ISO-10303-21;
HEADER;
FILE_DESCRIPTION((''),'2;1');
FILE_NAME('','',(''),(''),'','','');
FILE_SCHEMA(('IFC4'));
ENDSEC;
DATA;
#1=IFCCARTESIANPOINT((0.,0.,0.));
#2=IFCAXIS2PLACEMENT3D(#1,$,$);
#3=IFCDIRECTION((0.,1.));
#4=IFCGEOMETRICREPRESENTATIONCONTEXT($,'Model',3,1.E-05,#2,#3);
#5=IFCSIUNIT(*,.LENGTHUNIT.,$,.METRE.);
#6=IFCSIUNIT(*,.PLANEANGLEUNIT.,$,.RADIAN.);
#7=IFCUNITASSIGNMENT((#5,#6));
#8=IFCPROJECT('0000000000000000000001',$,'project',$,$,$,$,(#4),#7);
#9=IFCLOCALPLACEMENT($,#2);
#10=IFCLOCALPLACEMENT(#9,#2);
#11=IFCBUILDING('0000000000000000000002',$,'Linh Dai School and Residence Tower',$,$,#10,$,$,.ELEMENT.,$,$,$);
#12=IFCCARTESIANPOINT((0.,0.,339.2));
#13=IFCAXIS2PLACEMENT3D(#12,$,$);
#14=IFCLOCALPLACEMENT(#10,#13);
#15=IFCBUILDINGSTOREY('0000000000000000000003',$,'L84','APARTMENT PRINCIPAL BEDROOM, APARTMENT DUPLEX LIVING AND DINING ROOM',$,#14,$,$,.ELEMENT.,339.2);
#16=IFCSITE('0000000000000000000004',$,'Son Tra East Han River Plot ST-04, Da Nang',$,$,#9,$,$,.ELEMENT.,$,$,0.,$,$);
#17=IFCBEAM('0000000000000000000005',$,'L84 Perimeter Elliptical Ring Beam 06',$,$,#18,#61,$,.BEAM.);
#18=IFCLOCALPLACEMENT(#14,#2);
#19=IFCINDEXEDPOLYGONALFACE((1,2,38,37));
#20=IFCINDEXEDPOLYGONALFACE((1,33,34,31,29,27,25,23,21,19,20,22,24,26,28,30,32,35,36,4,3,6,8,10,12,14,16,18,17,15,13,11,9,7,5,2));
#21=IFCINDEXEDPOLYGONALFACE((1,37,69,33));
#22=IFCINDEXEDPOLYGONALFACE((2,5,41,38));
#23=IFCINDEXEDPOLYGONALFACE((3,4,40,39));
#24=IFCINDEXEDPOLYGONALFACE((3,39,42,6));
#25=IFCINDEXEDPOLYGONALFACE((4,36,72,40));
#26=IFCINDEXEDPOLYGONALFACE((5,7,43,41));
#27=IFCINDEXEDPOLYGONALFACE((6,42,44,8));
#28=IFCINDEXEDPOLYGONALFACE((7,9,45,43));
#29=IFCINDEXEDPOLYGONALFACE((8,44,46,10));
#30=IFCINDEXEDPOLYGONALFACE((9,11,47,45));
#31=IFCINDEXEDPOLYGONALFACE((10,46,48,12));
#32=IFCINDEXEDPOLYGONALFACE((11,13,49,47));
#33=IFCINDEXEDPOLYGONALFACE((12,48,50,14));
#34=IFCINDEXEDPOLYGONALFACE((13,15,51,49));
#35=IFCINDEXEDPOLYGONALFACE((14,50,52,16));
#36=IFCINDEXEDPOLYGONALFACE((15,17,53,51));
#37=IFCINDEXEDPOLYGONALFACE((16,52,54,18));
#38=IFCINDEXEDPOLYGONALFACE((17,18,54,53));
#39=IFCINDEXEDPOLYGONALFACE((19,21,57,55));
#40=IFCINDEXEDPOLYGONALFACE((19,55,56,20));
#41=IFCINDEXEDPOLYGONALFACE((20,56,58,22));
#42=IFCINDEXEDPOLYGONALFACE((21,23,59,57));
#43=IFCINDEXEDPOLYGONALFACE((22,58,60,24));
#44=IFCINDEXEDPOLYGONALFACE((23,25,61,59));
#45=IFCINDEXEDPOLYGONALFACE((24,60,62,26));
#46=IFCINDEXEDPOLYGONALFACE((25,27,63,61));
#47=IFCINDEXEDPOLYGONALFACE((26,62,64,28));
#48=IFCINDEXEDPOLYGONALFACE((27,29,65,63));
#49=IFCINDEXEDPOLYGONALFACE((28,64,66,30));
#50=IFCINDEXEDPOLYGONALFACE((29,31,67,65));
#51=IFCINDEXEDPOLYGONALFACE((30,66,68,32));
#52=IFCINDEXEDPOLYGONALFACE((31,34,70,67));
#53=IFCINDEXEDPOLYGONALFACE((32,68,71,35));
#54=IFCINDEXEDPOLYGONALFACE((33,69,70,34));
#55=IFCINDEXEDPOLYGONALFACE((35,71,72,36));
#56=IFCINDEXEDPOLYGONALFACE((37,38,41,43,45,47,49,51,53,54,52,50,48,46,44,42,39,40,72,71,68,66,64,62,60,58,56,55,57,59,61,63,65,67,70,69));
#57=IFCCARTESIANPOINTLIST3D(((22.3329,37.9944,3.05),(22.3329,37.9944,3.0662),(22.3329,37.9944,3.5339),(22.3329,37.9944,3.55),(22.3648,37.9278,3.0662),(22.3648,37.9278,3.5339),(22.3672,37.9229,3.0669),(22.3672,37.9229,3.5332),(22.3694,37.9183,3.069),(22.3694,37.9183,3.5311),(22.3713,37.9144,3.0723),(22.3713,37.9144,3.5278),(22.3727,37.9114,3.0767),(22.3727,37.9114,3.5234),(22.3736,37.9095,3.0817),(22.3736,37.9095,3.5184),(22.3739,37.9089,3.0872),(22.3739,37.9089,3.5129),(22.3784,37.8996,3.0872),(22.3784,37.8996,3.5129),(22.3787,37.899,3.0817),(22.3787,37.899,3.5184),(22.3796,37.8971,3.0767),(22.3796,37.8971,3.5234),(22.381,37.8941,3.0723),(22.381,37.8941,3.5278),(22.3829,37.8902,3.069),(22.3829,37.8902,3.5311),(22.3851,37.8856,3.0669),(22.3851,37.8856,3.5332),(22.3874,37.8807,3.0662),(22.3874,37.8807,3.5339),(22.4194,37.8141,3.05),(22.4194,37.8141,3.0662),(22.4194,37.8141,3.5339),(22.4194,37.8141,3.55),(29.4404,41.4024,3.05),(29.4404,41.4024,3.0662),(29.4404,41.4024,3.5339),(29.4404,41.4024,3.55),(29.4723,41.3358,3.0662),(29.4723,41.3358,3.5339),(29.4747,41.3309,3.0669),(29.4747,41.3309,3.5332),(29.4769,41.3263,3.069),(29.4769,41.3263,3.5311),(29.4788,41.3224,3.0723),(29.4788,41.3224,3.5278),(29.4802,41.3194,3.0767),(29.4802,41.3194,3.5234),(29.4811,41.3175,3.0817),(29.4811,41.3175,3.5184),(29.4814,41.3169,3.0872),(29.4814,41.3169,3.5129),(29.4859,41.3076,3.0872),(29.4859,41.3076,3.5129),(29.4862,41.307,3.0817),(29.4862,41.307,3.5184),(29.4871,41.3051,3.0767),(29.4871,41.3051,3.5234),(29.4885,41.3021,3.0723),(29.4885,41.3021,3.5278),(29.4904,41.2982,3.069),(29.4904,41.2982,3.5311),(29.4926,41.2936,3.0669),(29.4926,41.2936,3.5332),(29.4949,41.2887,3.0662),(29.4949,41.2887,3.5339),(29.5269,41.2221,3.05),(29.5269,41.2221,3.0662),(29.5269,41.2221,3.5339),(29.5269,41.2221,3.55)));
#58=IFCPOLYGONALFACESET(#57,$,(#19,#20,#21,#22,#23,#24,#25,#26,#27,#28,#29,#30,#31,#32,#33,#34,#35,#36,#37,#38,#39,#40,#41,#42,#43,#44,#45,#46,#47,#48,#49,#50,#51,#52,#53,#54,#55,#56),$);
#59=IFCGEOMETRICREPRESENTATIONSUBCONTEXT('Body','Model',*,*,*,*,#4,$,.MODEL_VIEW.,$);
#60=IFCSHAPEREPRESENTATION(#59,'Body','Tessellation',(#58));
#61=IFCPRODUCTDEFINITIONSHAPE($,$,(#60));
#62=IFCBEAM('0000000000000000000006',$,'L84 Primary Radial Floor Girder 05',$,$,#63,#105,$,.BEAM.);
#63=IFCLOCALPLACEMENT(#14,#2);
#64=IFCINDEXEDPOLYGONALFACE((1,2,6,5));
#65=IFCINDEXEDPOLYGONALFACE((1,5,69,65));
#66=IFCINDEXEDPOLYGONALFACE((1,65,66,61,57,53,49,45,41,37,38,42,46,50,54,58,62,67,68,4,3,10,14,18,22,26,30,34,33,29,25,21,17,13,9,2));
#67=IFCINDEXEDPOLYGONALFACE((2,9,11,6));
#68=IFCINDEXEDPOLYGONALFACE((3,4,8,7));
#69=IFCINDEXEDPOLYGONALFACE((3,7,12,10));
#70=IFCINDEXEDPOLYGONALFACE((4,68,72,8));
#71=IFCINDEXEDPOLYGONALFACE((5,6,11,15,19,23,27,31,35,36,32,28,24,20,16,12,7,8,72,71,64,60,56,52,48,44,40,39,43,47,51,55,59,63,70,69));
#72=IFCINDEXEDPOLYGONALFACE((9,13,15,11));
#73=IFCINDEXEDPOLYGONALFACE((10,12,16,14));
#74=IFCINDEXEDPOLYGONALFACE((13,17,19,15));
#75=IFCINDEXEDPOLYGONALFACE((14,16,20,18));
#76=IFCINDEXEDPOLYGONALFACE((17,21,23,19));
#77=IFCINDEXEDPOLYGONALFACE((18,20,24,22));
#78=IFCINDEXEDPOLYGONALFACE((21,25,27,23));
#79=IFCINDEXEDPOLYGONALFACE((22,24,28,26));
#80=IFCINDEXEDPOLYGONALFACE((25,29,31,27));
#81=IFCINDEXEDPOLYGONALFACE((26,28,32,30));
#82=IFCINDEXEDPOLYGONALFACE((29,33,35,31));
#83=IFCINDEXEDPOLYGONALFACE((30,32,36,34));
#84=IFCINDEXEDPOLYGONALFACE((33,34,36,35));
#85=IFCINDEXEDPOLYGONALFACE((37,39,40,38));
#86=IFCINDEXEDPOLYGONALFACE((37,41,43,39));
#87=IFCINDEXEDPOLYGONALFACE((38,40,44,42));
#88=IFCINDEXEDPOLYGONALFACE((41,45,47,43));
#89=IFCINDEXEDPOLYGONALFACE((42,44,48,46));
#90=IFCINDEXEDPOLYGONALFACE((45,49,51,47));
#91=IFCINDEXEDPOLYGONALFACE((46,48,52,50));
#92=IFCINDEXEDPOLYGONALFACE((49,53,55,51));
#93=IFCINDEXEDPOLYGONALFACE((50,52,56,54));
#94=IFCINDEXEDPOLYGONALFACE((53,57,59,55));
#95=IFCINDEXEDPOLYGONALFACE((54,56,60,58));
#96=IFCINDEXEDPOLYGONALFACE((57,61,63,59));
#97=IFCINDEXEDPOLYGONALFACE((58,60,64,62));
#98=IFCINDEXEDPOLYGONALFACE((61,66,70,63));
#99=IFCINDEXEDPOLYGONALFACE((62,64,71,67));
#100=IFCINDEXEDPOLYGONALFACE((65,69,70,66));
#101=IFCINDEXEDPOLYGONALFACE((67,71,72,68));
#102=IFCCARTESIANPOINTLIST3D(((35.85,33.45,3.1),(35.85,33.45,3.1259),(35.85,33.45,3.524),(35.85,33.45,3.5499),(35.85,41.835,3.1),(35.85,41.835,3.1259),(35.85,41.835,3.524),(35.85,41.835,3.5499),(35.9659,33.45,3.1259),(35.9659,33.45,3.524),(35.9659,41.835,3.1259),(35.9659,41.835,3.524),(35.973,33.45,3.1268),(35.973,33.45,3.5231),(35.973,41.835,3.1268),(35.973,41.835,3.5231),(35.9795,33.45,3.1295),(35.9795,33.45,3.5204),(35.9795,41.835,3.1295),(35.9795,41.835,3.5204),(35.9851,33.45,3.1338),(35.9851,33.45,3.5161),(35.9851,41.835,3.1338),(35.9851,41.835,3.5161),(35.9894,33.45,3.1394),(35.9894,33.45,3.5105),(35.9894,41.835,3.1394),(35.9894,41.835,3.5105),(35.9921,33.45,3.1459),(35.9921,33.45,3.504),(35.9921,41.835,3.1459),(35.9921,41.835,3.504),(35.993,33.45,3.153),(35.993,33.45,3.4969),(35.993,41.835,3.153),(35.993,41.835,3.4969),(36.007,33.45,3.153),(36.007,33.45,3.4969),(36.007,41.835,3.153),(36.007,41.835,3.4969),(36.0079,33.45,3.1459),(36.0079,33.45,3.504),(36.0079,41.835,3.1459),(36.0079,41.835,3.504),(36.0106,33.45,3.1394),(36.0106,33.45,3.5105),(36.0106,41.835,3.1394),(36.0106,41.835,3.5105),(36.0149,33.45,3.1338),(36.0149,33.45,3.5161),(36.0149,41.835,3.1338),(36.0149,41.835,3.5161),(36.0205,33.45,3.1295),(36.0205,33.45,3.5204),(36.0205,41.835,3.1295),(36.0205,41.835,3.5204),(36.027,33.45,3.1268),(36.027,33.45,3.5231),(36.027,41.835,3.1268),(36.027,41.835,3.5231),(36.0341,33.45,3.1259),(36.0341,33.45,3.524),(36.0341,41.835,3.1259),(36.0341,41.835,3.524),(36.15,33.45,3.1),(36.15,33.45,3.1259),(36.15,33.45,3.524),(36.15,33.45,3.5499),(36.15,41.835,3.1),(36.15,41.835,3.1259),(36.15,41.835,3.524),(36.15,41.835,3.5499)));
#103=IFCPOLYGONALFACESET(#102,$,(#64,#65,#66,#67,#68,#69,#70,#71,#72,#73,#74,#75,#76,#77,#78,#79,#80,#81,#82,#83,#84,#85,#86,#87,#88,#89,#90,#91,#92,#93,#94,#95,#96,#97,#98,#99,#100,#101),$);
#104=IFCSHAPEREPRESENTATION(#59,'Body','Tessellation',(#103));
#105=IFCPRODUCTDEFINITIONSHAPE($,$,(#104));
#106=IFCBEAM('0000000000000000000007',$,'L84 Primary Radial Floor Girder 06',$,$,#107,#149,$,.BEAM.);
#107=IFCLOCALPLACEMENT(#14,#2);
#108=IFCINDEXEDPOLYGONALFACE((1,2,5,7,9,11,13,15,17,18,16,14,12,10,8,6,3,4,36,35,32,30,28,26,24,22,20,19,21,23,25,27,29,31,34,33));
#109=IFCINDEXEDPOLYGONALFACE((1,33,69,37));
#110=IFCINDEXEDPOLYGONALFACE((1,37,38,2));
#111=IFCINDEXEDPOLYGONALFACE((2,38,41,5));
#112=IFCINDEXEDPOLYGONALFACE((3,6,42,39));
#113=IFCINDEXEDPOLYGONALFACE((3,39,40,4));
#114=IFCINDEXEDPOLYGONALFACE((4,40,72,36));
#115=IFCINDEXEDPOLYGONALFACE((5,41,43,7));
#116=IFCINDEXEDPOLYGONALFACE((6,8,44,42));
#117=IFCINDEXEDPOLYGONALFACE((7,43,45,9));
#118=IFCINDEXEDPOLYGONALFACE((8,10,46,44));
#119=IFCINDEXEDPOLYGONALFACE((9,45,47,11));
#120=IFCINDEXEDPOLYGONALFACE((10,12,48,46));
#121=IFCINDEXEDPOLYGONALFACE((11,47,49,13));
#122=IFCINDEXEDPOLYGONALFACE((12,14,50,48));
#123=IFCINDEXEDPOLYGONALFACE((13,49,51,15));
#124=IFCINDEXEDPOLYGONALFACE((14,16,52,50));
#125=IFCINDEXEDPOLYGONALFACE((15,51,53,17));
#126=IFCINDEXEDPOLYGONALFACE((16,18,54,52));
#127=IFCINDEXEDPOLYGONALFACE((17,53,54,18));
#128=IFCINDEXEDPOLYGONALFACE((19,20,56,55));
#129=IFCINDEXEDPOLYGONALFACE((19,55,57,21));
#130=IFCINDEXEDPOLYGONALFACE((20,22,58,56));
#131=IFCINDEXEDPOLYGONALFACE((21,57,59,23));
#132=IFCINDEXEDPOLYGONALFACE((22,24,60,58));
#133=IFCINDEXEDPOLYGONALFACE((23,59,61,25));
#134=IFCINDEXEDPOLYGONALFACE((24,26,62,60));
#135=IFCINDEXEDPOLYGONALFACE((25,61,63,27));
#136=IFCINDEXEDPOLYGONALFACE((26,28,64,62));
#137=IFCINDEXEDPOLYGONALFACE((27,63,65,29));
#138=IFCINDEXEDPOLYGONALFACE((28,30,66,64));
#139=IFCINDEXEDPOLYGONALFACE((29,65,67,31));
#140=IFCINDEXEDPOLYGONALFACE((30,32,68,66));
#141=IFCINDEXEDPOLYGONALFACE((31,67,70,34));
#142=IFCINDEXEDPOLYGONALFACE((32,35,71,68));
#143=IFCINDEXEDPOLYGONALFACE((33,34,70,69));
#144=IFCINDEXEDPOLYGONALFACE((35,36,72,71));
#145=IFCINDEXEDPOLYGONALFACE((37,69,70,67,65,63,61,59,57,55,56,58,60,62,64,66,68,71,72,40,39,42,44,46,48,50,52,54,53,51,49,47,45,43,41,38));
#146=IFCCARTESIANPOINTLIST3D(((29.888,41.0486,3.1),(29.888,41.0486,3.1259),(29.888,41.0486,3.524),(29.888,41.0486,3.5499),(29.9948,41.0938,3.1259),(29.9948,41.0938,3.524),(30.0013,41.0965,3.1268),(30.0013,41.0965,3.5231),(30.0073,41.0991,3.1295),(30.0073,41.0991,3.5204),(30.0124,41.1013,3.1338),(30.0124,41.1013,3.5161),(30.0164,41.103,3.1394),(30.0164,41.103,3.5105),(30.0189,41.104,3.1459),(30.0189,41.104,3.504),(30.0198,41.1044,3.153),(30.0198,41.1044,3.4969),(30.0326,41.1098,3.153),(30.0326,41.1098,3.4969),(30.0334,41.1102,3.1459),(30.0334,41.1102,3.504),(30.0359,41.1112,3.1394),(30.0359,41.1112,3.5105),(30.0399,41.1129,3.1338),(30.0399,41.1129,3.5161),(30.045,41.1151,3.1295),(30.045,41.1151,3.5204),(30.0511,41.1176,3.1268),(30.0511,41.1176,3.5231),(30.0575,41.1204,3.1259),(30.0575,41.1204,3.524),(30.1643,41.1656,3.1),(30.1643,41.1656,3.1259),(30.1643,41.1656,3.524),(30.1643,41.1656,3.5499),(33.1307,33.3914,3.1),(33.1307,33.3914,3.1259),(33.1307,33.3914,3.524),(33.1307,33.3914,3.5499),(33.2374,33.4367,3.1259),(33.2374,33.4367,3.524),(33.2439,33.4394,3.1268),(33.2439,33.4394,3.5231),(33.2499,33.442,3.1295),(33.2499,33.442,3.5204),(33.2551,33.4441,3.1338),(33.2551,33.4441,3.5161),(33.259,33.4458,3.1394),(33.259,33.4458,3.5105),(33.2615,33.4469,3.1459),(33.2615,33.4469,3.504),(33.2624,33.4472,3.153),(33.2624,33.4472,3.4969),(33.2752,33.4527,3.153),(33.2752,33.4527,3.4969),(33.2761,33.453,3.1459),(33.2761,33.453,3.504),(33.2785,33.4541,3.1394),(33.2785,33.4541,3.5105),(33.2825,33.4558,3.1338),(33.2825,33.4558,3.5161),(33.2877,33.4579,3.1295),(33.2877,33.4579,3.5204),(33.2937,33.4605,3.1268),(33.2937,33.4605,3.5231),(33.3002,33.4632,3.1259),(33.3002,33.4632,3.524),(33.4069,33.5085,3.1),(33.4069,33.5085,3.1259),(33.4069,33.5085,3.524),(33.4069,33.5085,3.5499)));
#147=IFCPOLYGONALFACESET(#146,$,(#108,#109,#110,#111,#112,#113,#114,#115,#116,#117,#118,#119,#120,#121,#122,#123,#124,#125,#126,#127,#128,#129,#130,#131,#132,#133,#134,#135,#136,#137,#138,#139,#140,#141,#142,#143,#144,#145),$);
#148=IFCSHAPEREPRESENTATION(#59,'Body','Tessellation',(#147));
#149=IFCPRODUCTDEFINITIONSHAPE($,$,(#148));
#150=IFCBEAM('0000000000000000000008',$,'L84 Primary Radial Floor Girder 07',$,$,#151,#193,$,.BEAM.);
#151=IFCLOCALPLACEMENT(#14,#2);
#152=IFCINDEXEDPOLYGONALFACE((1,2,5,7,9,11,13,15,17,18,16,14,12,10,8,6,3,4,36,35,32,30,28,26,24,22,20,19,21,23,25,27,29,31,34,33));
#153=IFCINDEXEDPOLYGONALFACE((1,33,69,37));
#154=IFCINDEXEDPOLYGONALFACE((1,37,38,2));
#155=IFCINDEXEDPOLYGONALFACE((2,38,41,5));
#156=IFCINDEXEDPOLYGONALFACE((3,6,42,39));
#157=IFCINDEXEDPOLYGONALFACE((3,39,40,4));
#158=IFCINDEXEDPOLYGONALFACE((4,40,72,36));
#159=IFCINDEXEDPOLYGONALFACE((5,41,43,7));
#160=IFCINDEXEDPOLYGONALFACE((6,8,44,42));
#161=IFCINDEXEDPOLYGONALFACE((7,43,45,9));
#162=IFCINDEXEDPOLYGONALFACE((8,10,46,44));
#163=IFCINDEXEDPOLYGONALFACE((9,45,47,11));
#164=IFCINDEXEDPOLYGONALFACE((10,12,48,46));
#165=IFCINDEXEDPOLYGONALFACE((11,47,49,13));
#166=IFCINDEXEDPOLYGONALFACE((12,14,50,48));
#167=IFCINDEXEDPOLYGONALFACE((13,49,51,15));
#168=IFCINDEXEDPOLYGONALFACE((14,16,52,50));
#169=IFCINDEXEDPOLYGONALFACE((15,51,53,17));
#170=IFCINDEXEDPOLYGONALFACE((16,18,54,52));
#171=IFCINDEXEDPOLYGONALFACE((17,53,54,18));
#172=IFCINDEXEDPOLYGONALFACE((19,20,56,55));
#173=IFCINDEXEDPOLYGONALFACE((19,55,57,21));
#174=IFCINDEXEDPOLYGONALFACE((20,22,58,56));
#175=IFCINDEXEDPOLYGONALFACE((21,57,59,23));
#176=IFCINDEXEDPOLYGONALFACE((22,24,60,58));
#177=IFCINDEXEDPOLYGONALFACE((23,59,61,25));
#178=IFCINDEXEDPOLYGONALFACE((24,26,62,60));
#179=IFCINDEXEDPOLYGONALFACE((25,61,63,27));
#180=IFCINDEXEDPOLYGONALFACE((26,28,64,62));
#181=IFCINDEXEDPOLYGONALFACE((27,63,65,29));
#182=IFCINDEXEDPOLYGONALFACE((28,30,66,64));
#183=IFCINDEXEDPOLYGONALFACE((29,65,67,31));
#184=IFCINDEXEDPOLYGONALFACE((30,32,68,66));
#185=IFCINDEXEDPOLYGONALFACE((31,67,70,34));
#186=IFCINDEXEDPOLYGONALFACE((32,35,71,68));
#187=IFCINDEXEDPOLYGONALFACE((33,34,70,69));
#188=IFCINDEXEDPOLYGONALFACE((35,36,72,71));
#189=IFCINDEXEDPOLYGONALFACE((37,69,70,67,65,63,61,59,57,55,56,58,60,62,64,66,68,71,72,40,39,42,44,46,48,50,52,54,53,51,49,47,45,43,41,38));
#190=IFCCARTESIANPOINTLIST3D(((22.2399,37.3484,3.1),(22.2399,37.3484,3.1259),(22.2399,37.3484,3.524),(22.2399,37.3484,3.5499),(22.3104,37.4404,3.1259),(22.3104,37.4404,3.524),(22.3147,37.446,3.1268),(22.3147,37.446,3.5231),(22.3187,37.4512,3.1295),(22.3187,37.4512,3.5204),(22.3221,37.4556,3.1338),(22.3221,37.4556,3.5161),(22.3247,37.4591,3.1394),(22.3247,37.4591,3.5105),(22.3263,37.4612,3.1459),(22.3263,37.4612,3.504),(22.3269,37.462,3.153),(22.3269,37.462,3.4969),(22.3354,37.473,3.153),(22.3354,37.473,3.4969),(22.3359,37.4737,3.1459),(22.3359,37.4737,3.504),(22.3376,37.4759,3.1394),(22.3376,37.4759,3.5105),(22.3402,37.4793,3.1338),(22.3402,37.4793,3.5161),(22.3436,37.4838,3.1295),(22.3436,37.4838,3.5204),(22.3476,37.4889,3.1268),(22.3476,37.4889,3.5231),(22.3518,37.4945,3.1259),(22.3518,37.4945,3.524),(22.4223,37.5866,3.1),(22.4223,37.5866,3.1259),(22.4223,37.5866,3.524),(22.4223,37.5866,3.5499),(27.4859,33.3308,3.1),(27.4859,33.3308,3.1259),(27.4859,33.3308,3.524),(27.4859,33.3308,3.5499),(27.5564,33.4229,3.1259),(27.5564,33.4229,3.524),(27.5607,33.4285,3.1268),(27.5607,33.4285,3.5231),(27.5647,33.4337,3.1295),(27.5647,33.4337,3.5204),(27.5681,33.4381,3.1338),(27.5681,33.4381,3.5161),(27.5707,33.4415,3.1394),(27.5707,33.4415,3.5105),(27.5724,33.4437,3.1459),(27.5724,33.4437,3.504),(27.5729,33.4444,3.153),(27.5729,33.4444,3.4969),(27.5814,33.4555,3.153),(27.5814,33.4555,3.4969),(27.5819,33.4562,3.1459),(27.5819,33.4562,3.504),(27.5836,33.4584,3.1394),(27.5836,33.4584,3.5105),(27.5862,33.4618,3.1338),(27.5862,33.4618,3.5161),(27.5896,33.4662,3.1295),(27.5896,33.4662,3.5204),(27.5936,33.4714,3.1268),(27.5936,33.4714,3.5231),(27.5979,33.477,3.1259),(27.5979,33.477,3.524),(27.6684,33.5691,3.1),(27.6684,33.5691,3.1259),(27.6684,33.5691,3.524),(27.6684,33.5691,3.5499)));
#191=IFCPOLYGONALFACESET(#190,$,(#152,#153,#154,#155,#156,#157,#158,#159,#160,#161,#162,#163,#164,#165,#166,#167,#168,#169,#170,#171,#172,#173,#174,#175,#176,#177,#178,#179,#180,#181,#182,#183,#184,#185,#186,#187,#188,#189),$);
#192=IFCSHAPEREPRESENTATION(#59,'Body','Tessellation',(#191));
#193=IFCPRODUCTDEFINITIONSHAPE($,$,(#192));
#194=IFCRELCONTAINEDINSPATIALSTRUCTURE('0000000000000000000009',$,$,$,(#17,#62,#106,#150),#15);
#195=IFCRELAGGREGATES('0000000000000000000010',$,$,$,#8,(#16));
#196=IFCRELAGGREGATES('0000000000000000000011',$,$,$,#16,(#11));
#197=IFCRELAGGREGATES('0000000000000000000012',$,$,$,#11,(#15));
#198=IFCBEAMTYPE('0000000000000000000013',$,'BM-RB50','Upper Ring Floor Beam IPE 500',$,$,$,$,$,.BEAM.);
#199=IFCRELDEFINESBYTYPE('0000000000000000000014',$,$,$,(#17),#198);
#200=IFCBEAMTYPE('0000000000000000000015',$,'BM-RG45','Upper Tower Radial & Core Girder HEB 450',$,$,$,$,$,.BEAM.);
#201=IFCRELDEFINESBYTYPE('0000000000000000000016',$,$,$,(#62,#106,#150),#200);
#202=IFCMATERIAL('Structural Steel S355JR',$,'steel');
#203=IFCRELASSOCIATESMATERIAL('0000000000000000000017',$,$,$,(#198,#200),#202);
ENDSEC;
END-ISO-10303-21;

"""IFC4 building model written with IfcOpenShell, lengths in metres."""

from ifc_helpers import new_model, si_unit, direction, frame, origin, origin_2d, place, context, subcontext, project, spatial, i_section, extrude, material, material_profile, profile_set, type_object, element, save


model = new_model("IFC4")

# Units and contexts
model_context = context("Model", 3, precision=1e-05, world=origin(), true_north=direction((0.0, 1.0)))
body_context = subcontext(model_context, "Body", "Model", "MODEL_VIEW")
ifc_project = project(units=[si_unit("LENGTHUNIT", "METRE"), si_unit("PLANEANGLEUNIT", "RADIAN")], contexts=[model_context])

# Site, building, storey
site_placement = place(None, origin())
site = spatial("IfcSite", under=ifc_project, at=site_placement, Name="Son Tra East Han River Plot ST-04, Da Nang", CompositionType="ELEMENT", RefElevation=0.0)
building_placement = place(site_placement, origin())
building = spatial("IfcBuilding", under=site, at=building_placement, Name="Linh Dai School and Residence Tower", CompositionType="ELEMENT")
storey_placement = place(building_placement, frame((0.0, 0.0, 339.2)))
storey = spatial("IfcBuildingStorey", under=building, at=storey_placement, Name="L84", Description="APARTMENT PRINCIPAL BEDROOM, APARTMENT DUPLEX LIVING AND DINING ROOM", CompositionType="ELEMENT", Elevation=339.2)

# Shared definitions
ifc_material_1 = material(Name="Structural Steel S355JR", Category="steel")

# Beams
ifc_material_profile_1 = material_profile(ifc_material_1, i_section(OverallWidth=0.2, OverallDepth=0.5, WebThickness=0.0103, FlangeThickness=0.0161, FilletRadius=0.021, at=origin_2d()), Name="IPE 500")
ifc_profile_set_1 = profile_set([ifc_material_profile_1], Name="Structural Steel S355JR")
beam_type_1 = type_object("IfcBeamType", Name="BM-RB50", Description="Upper Ring Floor Beam IPE 500", PredefinedType="BEAM", material=ifc_profile_set_1)
beam_1_placement = place(storey_placement, frame((29.4836, 41.3123, 3.3), z_axis=(-0.901701, -0.432359, 0.0), x_axis=(0.432359, -0.901701, 0.0)))
element("IfcBeam", 1, at=beam_1_placement, inside=storey, type_object=beam_type_1, Name="L84 Perimeter Elliptical Ring Beam 06", PredefinedType="BEAM", context=body_context, shape_type="SweptSolid", body=[
    extrude(i_section(OverallWidth=0.2, OverallDepth=0.5, WebThickness=0.0103, FlangeThickness=0.0161, FilletRadius=0.021, at=origin_2d()), origin(), (0.0, 0.0, 1.0), 7.8823),
])
ifc_material_profile_2 = material_profile(ifc_material_1, i_section(OverallWidth=0.3, OverallDepth=0.45, WebThickness=0.0139, FlangeThickness=0.0259, FilletRadius=0.0271, at=origin_2d()), Name="HEB 450")
ifc_profile_set_2 = profile_set([ifc_material_profile_2], Name="Structural Steel S355JR")
beam_type_2 = type_object("IfcBeamType", Name="BM-RG45", Description="Upper Tower Radial & Core Girder HEB 450", PredefinedType="BEAM", material=ifc_profile_set_2)
beam_2_placement = place(storey_placement, frame((36.0, 33.45, 3.325), z_axis=(0.0, 1.0, 0.0), x_axis=(-1.0, 0.0, 0.0)))
element("IfcBeam", 2, at=beam_2_placement, inside=storey, type_object=beam_type_2, Name="L84 Primary Radial Floor Girder 05", PredefinedType="BEAM", context=body_context, shape_type="SweptSolid", body=[
    extrude(i_section(OverallWidth=0.3, OverallDepth=0.45, WebThickness=0.0139, FlangeThickness=0.0259, FilletRadius=0.0271, at=origin_2d()), origin(), (0.0, 0.0, 1.0), 8.385),
])
beam_3_placement = place(storey_placement, frame((33.2688, 33.45, 3.325), z_axis=(-0.389954, 0.920834, 0.0), x_axis=(-0.920834, -0.389954, 0.0)))
element("IfcBeam", 3, at=beam_3_placement, inside=storey, type_object=beam_type_2, Name="L84 Primary Radial Floor Girder 06", PredefinedType="BEAM", context=body_context, shape_type="SweptSolid", body=[
    extrude(i_section(OverallWidth=0.3, OverallDepth=0.45, WebThickness=0.0139, FlangeThickness=0.0259, FilletRadius=0.0271, at=origin_2d()), origin(), (0.0, 0.0, 1.0), 8.3154),
])
beam_4_placement = place(storey_placement, frame((27.5771, 33.45, 3.325), z_axis=(-0.79393, 0.608009, 0.0), x_axis=(-0.608009, -0.79393, 0.0)))
element("IfcBeam", 4, at=beam_4_placement, inside=storey, type_object=beam_type_2, Name="L84 Primary Radial Floor Girder 07", PredefinedType="BEAM", context=body_context, shape_type="SweptSolid", body=[
    extrude(i_section(OverallWidth=0.3, OverallDepth=0.45, WebThickness=0.0139, FlangeThickness=0.0259, FilletRadius=0.0271, at=origin_2d()), origin(), (0.0, 0.0, 1.0), 6.6077),
])

save(model, "model.ifc")
